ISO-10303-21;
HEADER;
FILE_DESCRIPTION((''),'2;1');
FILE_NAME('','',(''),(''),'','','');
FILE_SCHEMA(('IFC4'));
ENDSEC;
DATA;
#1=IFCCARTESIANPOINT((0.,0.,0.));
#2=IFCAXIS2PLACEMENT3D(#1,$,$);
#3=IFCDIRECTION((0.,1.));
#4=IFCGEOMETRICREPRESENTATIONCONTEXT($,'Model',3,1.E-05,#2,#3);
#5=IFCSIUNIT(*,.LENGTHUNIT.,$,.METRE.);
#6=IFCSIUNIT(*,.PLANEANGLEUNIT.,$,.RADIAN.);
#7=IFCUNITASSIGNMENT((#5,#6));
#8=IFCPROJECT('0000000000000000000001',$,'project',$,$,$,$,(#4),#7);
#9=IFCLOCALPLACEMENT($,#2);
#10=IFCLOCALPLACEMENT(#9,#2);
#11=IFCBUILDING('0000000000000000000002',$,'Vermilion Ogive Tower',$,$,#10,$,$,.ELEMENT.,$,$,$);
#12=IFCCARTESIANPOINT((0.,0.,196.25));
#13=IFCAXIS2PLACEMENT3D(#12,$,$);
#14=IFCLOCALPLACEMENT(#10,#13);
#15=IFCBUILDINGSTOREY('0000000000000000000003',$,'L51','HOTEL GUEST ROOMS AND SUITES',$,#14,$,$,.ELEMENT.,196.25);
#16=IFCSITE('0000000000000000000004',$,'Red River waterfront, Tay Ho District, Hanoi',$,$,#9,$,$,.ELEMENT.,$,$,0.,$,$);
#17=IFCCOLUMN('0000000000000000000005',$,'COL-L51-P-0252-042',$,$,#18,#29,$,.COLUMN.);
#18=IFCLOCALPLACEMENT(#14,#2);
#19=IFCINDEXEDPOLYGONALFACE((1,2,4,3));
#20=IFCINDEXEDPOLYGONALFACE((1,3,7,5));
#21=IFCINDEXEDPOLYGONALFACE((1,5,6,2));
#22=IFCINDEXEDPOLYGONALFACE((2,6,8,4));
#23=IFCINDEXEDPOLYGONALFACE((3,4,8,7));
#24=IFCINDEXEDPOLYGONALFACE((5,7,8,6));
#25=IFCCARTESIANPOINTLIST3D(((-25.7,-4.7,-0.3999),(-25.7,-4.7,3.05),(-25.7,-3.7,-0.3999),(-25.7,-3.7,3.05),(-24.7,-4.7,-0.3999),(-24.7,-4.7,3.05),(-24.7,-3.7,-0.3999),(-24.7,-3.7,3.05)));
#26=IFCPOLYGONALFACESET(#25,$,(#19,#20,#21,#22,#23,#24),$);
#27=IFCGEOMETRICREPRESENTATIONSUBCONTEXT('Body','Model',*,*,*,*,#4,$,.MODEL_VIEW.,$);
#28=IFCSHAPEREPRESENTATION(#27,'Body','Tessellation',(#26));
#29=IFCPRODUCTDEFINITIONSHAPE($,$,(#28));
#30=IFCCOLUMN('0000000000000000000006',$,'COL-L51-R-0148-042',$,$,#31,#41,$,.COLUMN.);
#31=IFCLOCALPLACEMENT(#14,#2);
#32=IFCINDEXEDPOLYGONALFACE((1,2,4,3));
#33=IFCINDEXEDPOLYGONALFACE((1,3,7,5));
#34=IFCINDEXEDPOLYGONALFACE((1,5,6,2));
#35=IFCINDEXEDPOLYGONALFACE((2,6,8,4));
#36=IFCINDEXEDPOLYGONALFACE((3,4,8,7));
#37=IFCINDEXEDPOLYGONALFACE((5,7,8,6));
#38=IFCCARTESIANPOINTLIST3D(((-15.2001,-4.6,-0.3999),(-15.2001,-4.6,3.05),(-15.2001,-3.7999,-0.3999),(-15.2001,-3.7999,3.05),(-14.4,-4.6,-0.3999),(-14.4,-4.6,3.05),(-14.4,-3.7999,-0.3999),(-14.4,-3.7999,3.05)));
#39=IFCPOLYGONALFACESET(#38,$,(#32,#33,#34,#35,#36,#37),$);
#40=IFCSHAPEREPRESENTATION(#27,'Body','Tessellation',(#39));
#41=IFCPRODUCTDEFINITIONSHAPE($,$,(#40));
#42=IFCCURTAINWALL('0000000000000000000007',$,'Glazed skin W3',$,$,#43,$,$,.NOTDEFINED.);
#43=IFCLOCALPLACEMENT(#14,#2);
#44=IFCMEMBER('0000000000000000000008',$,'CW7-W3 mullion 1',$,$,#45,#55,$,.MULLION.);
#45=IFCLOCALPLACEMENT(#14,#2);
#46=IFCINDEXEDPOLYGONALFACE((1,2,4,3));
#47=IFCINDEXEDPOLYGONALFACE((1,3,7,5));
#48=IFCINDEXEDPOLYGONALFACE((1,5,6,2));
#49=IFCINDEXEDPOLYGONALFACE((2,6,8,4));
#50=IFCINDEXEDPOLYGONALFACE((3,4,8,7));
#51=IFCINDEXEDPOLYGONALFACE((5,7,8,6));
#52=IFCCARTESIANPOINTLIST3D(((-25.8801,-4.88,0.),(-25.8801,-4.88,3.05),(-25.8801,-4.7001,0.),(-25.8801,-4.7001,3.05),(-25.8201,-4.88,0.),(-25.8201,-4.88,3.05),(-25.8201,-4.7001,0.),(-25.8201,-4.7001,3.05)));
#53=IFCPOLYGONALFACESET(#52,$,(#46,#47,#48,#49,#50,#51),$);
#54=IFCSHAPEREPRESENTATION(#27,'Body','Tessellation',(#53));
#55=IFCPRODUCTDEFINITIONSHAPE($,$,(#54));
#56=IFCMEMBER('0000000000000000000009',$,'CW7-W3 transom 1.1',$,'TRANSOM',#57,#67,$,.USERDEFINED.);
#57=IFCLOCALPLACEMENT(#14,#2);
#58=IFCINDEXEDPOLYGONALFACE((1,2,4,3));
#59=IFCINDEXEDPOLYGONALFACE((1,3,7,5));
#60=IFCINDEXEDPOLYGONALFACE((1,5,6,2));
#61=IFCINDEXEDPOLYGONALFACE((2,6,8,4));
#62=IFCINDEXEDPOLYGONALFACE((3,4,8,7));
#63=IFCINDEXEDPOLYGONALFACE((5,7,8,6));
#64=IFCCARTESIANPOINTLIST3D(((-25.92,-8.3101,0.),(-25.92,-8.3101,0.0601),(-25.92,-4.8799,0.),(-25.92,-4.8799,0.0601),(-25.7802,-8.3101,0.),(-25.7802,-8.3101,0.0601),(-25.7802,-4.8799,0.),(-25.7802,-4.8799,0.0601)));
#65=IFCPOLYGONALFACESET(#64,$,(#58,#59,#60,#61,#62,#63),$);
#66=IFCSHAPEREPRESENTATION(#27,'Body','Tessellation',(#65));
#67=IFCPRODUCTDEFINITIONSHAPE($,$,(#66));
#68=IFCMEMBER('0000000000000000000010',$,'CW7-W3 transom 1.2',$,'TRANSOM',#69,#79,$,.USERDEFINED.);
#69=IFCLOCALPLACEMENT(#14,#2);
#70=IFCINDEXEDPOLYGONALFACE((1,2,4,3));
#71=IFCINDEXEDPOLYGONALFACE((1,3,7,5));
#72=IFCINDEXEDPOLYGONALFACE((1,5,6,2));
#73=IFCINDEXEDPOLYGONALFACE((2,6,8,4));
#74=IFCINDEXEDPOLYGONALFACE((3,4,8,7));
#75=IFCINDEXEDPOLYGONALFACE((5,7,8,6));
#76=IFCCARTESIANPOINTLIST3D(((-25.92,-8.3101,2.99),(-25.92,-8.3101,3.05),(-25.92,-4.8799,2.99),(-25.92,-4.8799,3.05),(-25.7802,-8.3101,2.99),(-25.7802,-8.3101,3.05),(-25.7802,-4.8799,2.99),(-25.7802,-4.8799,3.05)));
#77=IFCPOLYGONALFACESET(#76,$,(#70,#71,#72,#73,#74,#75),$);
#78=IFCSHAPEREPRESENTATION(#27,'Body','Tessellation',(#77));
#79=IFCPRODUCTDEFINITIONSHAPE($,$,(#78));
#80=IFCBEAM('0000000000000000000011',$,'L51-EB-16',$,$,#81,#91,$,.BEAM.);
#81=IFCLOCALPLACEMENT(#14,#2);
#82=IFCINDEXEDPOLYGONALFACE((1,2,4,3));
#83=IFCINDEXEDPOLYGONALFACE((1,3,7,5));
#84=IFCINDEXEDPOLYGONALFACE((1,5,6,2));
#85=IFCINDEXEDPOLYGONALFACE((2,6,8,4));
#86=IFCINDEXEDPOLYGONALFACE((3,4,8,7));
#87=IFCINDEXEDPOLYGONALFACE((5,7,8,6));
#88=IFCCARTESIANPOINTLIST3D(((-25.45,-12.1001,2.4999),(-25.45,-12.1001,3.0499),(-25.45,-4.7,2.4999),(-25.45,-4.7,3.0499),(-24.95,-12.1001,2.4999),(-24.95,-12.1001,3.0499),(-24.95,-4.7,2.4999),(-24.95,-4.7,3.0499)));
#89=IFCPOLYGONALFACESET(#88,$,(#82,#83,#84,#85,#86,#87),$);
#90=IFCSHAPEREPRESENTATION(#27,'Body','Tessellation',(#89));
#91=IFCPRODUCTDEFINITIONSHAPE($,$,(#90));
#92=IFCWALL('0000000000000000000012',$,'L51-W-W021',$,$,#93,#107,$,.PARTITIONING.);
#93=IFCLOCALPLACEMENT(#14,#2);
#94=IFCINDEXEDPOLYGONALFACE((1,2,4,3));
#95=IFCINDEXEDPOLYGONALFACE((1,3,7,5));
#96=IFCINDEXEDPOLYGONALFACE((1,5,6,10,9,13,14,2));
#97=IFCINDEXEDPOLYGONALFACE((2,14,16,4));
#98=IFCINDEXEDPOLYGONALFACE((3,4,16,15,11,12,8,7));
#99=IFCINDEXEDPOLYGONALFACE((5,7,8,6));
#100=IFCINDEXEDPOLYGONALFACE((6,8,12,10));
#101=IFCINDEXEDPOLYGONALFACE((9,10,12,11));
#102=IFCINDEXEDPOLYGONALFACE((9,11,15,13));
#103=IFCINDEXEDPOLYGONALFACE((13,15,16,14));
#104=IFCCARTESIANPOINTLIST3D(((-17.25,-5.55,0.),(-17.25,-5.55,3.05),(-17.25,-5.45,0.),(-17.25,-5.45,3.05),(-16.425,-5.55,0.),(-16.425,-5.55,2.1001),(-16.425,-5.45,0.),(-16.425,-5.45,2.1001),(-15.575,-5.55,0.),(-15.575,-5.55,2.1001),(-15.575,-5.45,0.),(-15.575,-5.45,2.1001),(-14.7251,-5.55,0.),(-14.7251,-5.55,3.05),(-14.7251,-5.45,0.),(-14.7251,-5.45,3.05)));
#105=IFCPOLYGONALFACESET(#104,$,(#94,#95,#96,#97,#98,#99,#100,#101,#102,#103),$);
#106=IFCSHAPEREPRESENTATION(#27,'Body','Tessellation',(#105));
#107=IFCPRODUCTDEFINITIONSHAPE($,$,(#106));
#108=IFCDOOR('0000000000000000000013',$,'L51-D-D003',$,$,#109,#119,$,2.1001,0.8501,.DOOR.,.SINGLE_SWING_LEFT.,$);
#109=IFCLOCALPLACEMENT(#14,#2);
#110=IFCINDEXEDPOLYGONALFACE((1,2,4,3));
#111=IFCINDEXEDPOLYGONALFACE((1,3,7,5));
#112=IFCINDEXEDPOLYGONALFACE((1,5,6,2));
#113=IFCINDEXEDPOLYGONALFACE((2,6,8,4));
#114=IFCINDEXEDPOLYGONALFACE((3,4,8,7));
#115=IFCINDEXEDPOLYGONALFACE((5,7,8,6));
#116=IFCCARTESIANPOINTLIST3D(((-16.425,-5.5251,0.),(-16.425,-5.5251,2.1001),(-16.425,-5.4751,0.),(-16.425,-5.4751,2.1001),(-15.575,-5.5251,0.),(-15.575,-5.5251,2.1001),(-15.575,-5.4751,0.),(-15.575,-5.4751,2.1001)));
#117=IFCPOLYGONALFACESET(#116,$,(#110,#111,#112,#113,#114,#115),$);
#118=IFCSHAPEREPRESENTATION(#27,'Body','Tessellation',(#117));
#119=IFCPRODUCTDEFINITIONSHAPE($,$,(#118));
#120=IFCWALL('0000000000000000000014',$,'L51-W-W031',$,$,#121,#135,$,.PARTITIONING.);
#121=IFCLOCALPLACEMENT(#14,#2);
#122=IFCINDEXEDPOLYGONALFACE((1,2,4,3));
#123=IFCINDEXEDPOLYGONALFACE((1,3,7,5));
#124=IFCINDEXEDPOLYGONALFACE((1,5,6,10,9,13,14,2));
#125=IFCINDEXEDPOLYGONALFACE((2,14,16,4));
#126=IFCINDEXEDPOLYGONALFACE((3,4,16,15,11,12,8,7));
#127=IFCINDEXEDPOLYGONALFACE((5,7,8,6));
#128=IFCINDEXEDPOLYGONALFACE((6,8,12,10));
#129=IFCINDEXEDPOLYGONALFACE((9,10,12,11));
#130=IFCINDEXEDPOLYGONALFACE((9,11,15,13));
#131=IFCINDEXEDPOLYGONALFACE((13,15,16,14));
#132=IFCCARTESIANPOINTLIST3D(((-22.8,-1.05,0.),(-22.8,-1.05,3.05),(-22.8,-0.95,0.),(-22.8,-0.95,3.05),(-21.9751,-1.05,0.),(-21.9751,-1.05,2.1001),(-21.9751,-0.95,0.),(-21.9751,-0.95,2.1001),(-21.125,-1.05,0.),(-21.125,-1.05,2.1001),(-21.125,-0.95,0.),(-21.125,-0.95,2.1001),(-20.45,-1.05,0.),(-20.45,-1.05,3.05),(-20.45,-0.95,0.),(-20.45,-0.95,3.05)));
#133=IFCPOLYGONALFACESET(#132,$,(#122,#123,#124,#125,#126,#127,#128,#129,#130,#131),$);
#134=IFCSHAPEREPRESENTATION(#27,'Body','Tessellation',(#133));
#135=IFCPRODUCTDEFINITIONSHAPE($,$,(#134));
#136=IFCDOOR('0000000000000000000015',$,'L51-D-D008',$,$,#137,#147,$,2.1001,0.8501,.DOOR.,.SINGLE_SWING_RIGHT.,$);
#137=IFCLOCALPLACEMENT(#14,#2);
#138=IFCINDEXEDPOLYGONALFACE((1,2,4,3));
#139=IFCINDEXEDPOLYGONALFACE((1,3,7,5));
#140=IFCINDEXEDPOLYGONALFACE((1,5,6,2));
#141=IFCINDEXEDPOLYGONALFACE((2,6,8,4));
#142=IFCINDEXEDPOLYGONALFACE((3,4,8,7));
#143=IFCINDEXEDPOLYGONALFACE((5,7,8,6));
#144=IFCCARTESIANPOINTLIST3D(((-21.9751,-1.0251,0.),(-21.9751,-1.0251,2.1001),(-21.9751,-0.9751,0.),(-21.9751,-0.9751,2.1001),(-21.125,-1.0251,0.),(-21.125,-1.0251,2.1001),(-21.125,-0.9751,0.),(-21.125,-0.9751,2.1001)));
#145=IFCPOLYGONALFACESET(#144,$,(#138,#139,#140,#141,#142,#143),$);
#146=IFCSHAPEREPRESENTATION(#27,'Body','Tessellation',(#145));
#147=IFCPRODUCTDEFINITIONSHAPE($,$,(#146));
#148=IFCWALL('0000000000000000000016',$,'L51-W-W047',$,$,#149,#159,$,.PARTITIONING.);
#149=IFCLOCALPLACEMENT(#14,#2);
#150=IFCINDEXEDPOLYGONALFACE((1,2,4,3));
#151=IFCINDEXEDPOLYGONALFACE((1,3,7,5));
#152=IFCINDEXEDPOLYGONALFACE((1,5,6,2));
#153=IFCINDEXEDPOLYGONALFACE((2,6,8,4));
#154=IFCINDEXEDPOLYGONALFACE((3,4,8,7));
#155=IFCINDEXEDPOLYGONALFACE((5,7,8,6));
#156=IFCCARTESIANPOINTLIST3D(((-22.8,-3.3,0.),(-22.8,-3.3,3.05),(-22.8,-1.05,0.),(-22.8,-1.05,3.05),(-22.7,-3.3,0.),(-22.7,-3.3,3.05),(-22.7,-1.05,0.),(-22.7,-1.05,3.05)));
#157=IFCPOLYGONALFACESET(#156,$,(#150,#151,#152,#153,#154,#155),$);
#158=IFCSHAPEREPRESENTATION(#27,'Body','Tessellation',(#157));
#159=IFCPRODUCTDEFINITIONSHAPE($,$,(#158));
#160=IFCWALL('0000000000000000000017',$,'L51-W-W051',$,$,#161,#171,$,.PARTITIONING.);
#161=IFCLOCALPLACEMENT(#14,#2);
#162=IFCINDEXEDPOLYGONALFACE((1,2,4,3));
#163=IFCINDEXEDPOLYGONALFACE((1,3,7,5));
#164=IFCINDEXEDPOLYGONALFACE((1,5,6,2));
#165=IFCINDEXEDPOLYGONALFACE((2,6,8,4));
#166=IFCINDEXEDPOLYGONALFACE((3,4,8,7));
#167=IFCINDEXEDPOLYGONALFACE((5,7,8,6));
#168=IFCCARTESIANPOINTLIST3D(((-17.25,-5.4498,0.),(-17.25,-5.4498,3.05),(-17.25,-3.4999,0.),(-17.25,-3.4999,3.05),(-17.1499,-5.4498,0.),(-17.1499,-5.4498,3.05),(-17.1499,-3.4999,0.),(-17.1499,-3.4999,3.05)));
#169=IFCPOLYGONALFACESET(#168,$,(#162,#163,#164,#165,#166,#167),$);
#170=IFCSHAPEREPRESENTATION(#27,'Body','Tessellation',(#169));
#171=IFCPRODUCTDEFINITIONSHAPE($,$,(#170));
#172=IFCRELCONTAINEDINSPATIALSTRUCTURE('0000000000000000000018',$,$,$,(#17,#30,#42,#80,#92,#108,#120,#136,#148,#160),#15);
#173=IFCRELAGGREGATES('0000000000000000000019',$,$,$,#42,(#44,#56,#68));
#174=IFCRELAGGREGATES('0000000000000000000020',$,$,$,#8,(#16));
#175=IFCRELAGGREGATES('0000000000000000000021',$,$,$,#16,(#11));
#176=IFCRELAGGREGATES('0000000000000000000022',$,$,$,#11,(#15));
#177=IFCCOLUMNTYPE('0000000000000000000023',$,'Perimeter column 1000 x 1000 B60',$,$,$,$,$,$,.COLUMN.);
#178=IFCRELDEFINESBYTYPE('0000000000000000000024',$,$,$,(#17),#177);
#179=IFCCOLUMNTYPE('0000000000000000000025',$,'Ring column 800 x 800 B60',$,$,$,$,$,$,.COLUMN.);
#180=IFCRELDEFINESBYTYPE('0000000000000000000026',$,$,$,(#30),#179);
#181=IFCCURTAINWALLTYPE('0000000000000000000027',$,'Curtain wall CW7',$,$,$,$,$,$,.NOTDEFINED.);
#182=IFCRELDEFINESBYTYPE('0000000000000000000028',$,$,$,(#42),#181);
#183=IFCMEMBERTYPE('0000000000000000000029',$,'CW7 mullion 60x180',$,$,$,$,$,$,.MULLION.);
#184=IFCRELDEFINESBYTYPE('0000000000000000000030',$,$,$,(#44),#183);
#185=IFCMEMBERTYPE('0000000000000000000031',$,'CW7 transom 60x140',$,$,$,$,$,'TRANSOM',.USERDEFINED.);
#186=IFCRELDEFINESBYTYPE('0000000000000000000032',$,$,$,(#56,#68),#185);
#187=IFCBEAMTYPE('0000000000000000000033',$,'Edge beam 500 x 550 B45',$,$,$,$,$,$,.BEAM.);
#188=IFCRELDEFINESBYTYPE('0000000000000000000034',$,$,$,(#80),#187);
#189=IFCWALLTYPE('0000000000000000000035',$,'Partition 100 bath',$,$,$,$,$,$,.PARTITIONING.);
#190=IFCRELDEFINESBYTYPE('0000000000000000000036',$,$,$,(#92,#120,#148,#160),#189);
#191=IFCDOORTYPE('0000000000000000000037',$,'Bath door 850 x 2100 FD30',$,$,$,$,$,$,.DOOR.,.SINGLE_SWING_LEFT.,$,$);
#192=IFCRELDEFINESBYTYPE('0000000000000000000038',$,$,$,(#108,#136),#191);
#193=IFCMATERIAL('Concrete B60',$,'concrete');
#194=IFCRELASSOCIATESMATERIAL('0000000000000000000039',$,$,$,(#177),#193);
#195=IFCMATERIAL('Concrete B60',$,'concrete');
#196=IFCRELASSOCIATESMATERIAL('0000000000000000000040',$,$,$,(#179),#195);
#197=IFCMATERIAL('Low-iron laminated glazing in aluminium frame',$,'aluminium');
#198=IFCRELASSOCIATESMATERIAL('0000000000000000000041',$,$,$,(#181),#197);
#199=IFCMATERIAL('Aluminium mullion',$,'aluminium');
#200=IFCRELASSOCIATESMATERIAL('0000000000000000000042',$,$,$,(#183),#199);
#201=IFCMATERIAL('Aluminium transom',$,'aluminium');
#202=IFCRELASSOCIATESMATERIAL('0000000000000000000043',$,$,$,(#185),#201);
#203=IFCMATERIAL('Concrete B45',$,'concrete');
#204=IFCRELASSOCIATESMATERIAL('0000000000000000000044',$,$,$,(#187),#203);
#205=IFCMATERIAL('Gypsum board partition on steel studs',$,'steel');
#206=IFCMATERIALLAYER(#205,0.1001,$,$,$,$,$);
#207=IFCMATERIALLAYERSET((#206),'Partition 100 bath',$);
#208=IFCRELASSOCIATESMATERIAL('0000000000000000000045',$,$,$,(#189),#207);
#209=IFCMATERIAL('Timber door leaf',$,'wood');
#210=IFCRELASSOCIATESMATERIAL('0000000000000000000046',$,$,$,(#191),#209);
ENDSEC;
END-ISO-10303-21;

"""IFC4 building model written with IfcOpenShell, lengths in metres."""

from ifc_helpers import new_model, si_unit, direction, frame, frame_2d, origin, origin_2d, place, context, subcontext, project, spatial, rectangle, extrude, material, layer, layer_set, material_profile, profile_set, type_object, element, fill, aggregate, save


model = new_model("IFC4")

# Units and contexts
model_context = context("Model", 3, precision=1e-05, world=origin(), true_north=direction((0.0, 1.0)))
body_context = subcontext(model_context, "Body", "Model", "MODEL_VIEW")
ifc_project = project(units=[si_unit("LENGTHUNIT", "METRE"), si_unit("PLANEANGLEUNIT", "RADIAN")], contexts=[model_context])

# Site, building, storey
site_placement = place(None, origin())
site = spatial("IfcSite", under=ifc_project, at=site_placement, Name="Red River waterfront, Tay Ho District, Hanoi", CompositionType="ELEMENT", RefElevation=0.0)
building_placement = place(site_placement, origin())
building = spatial("IfcBuilding", under=site, at=building_placement, Name="Vermilion Ogive Tower", CompositionType="ELEMENT")
storey_placement = place(building_placement, frame((0.0, 0.0, 196.25)))
storey = spatial("IfcBuildingStorey", under=building, at=storey_placement, Name="L51", Description="HOTEL GUEST ROOMS AND SUITES", CompositionType="ELEMENT", Elevation=196.25)

# Columns
ifc_material_1 = material(Name="Concrete B60", Category="concrete")
ifc_material_profile_1 = material_profile(ifc_material_1, rectangle(XDim=1.0, YDim=1.0, at=origin_2d()), Name="1000 x 1000")
ifc_profile_set_1 = profile_set([ifc_material_profile_1], Name="Concrete B60")
column_type_1 = type_object("IfcColumnType", Name="Perimeter column 1000 x 1000 B60", PredefinedType="COLUMN", material=ifc_profile_set_1)
column_1_placement = place(storey_placement, frame((-25.2, -4.2, -0.3999), z_axis=(0.0, 0.0, 1.0), x_axis=(1.0, 0.0, 0.0)))
element("IfcColumn", 1, at=column_1_placement, inside=storey, type_object=column_type_1, Name="COL-L51-P-0252-042", PredefinedType="COLUMN", context=body_context, shape_type="SweptSolid", body=[
    extrude(rectangle(XDim=1.0, YDim=1.0, at=origin_2d()), origin(), (0.0, 0.0, 1.0), 3.45),
])
ifc_material_2 = material(Name="Concrete B60", Category="concrete")
ifc_material_profile_2 = material_profile(ifc_material_2, rectangle(XDim=0.8, YDim=0.8, at=origin_2d()), Name="800 x 800")
ifc_profile_set_2 = profile_set([ifc_material_profile_2], Name="Concrete B60")
column_type_2 = type_object("IfcColumnType", Name="Ring column 800 x 800 B60", PredefinedType="COLUMN", material=ifc_profile_set_2)
column_2_placement = place(storey_placement, frame((-14.8, -4.2, -0.3999), z_axis=(0.0, 0.0, 1.0), x_axis=(1.0, 0.0, 0.0)))
element("IfcColumn", 2, at=column_2_placement, inside=storey, type_object=column_type_2, Name="COL-L51-R-0148-042", PredefinedType="COLUMN", context=body_context, shape_type="SweptSolid", body=[
    extrude(rectangle(XDim=0.8, YDim=0.8, at=origin_2d()), origin(), (0.0, 0.0, 1.0), 3.45),
])

# Curtain wall, members
ifc_material_3 = material(Name="Low-iron laminated glazing in aluminium frame", Category="aluminium")
curtain_wall_type = type_object("IfcCurtainWallType", Name="Curtain wall CW7", PredefinedType="NOTDEFINED", material=ifc_material_3)
curtain_wall_placement = place(storey_placement, origin())
curtain_wall = element("IfcCurtainWall", 3, at=curtain_wall_placement, inside=storey, type_object=curtain_wall_type, Name="Glazed skin W3", PredefinedType="NOTDEFINED")
ifc_material_4 = material(Name="Aluminium mullion", Category="aluminium")
ifc_material_profile_3 = material_profile(ifc_material_4, rectangle(XDim=0.0601, YDim=0.1799, at=origin_2d()), Name="AL 60x180")
ifc_profile_set_3 = profile_set([ifc_material_profile_3], Name="Aluminium mullion")
member_type_1 = type_object("IfcMemberType", Name="CW7 mullion 60x180", PredefinedType="MULLION", material=ifc_profile_set_3)
member_1_placement = place(storey_placement, frame((-25.8501, -4.79, 0.0), z_axis=(0.0, 0.0, 1.0), x_axis=(1.0, 0.0, 0.0)))
member_1 = element("IfcMember", 4, at=member_1_placement, type_object=member_type_1, Name="CW7-W3 mullion 1", PredefinedType="MULLION", context=body_context, shape_type="SweptSolid", body=[
    extrude(rectangle(XDim=0.0601, YDim=0.1799, at=origin_2d()), origin(), (0.0, 0.0, 1.0), 3.05),
])
ifc_material_5 = material(Name="Aluminium transom", Category="aluminium")
ifc_material_profile_4 = material_profile(ifc_material_5, rectangle(XDim=0.1399, YDim=0.0601, at=origin_2d()), Name="AL 60x140")
ifc_profile_set_4 = profile_set([ifc_material_profile_4], Name="Aluminium transom")
member_type_2 = type_object("IfcMemberType", Name="CW7 transom 60x140", ElementType="TRANSOM", PredefinedType="USERDEFINED", material=ifc_profile_set_4)
member_2_placement = place(storey_placement, frame((-25.8501, -4.8799, 0.03), z_axis=(0.0, -1.0, 0.0), x_axis=(1.0, 0.0, 0.0)))
member_2 = element("IfcMember", 5, at=member_2_placement, type_object=member_type_2, Name="CW7-W3 transom 1.1", ObjectType="TRANSOM", PredefinedType="USERDEFINED", context=body_context, shape_type="SweptSolid", body=[
    extrude(rectangle(XDim=0.1399, YDim=0.0601, at=origin_2d()), origin(), (0.0, 0.0, 1.0), 3.4302),
])
member_3_placement = place(storey_placement, frame((-25.8501, -4.8799, 3.02), z_axis=(0.0, -1.0, 0.0), x_axis=(1.0, 0.0, 0.0)))
member_3 = element("IfcMember", 6, at=member_3_placement, type_object=member_type_2, Name="CW7-W3 transom 1.2", ObjectType="TRANSOM", PredefinedType="USERDEFINED", context=body_context, shape_type="SweptSolid", body=[
    extrude(rectangle(XDim=0.1399, YDim=0.0601, at=origin_2d()), origin(), (0.0, 0.0, 1.0), 3.4302),
])
aggregate(curtain_wall, [member_1, member_2, member_3])

# Beam
ifc_material_6 = material(Name="Concrete B45", Category="concrete")
ifc_material_profile_5 = material_profile(ifc_material_6, rectangle(XDim=0.5, YDim=0.55, at=origin_2d()), Name="500 x 550")
ifc_profile_set_5 = profile_set([ifc_material_profile_5], Name="Concrete B45")
beam_type = type_object("IfcBeamType", Name="Edge beam 500 x 550 B45", PredefinedType="BEAM", material=ifc_profile_set_5)
beam_placement = place(storey_placement, frame((-25.2, -4.7, 2.7749), z_axis=(0.0, -1.0, 0.0), x_axis=(1.0, 0.0, 0.0)))
element("IfcBeam", 7, at=beam_placement, inside=storey, type_object=beam_type, Name="L51-EB-16", PredefinedType="BEAM", context=body_context, shape_type="SweptSolid", body=[
    extrude(rectangle(XDim=0.5, YDim=0.55, at=origin_2d()), origin(), (0.0, 0.0, 1.0), 7.4001),
])

# Walls, openings, doors
ifc_material_7 = material(Name="Gypsum board partition on steel studs", Category="steel")
ifc_layer_1 = layer(ifc_material_7, 0.1001)
ifc_layer_set_1 = layer_set([ifc_layer_1], Name="Partition 100 bath")
wall_type_1 = type_object("IfcWallType", Name="Partition 100 bath", PredefinedType="PARTITIONING", material=ifc_layer_set_1)
wall_1_placement = place(storey_placement, frame((-17.25, -5.5, 0.0), z_axis=(0.0, 0.0, 1.0), x_axis=(1.0, 0.0, 0.0)))
wall_1 = element("IfcWall", 8, at=wall_1_placement, inside=storey, type_object=wall_type_1, Name="L51-W-W021", PredefinedType="PARTITIONING", context=body_context, shape_type="SweptSolid", body=[
    extrude(rectangle(XDim=2.5249, YDim=0.1001, at=frame_2d((1.2625, 0.0))), origin(), (0.0, 0.0, 1.0), 3.05),
])
opening_1_placement = place(wall_1_placement, frame((0.825, 0.0, 0.0)))
opening_1 = element("IfcOpeningElement", 9, at=opening_1_placement, cuts=wall_1, PredefinedType="OPENING", context=body_context, shape_type="SweptSolid", body=[
    extrude(rectangle(XDim=0.8501, YDim=2.1001, at=frame_2d((0.425, 1.05))), frame((0.0, 0.0601, 0.0), z_axis=(0.0, -1.0, 0.0), x_axis=(1.0, 0.0, 0.0)), (0.0, 0.0, 1.0), 0.1201),
])
ifc_material_8 = material(Name="Timber door leaf", Category="wood")
door_type_1 = type_object("IfcDoorType", Name="Bath door 850 x 2100 FD30", OperationType="SINGLE_SWING_LEFT", PredefinedType="DOOR", material=ifc_material_8)
door_1_placement = place(opening_1_placement, origin())
door_1 = element("IfcDoor", 10, at=door_1_placement, inside=storey, type_object=door_type_1, Name="L51-D-D003", OperationType="SINGLE_SWING_LEFT", OverallHeight=2.1001, OverallWidth=0.8501, PredefinedType="DOOR", context=body_context, shape_type="SweptSolid", body=[
    extrude(rectangle(XDim=0.8501, YDim=2.1001, at=frame_2d((0.425, 1.05))), frame((0.0, 0.0249, 0.0), z_axis=(0.0, -1.0, 0.0), x_axis=(1.0, 0.0, 0.0)), (0.0, 0.0, 1.0), 0.05),
])
fill(opening_1, door_1)
wall_2_placement = place(storey_placement, frame((-22.8, -1.0, 0.0), z_axis=(0.0, 0.0, 1.0), x_axis=(1.0, 0.0, 0.0)))
wall_2 = element("IfcWall", 11, at=wall_2_placement, inside=storey, type_object=wall_type_1, Name="L51-W-W031", PredefinedType="PARTITIONING", context=body_context, shape_type="SweptSolid", body=[
    extrude(rectangle(XDim=2.3501, YDim=0.1001, at=frame_2d((1.175, 0.0))), origin(), (0.0, 0.0, 1.0), 3.05),
])
opening_2_placement = place(wall_2_placement, frame((0.825, 0.0, 0.0)))
opening_2 = element("IfcOpeningElement", 12, at=opening_2_placement, cuts=wall_2, PredefinedType="OPENING", context=body_context, shape_type="SweptSolid", body=[
    extrude(rectangle(XDim=0.8501, YDim=2.1001, at=frame_2d((0.425, 1.05))), frame((0.0, 0.0601, 0.0), z_axis=(0.0, -1.0, 0.0), x_axis=(1.0, 0.0, 0.0)), (0.0, 0.0, 1.0), 0.1201),
])
door_2_placement = place(opening_2_placement, origin())
door_2 = element("IfcDoor", 13, at=door_2_placement, inside=storey, type_object=door_type_1, Name="L51-D-D008", OperationType="SINGLE_SWING_RIGHT", OverallHeight=2.1001, OverallWidth=0.8501, PredefinedType="DOOR", context=body_context, shape_type="SweptSolid", body=[
    extrude(rectangle(XDim=0.8501, YDim=2.1001, at=frame_2d((0.425, 1.05))), frame((0.0, 0.0249, 0.0), z_axis=(0.0, -1.0, 0.0), x_axis=(1.0, 0.0, 0.0)), (0.0, 0.0, 1.0), 0.05),
])
fill(opening_2, door_2)

# Walls
wall_3_placement = place(storey_placement, frame((-22.75, -3.3, 0.0), z_axis=(0.0, 0.0, 1.0), x_axis=(0.0, 1.0, 0.0)))
element("IfcWall", 14, at=wall_3_placement, inside=storey, type_object=wall_type_1, Name="L51-W-W047", PredefinedType="PARTITIONING", context=body_context, shape_type="SweptSolid", body=[
    extrude(rectangle(XDim=2.25, YDim=0.1001, at=frame_2d((1.125, 0.0))), origin(), (0.0, 0.0, 1.0), 3.05),
])
wall_4_placement = place(storey_placement, frame((-17.2, -5.45, 0.0), z_axis=(0.0, 0.0, 1.0), x_axis=(0.0, 1.0, 0.0)))
element("IfcWall", 15, at=wall_4_placement, inside=storey, type_object=wall_type_1, Name="L51-W-W051", PredefinedType="PARTITIONING", context=body_context, shape_type="SweptSolid", body=[
    extrude(rectangle(XDim=1.95, YDim=0.1001, at=frame_2d((0.9751, 0.0))), origin(), (0.0, 0.0, 1.0), 3.05),
])

save(model, "model.ifc")
